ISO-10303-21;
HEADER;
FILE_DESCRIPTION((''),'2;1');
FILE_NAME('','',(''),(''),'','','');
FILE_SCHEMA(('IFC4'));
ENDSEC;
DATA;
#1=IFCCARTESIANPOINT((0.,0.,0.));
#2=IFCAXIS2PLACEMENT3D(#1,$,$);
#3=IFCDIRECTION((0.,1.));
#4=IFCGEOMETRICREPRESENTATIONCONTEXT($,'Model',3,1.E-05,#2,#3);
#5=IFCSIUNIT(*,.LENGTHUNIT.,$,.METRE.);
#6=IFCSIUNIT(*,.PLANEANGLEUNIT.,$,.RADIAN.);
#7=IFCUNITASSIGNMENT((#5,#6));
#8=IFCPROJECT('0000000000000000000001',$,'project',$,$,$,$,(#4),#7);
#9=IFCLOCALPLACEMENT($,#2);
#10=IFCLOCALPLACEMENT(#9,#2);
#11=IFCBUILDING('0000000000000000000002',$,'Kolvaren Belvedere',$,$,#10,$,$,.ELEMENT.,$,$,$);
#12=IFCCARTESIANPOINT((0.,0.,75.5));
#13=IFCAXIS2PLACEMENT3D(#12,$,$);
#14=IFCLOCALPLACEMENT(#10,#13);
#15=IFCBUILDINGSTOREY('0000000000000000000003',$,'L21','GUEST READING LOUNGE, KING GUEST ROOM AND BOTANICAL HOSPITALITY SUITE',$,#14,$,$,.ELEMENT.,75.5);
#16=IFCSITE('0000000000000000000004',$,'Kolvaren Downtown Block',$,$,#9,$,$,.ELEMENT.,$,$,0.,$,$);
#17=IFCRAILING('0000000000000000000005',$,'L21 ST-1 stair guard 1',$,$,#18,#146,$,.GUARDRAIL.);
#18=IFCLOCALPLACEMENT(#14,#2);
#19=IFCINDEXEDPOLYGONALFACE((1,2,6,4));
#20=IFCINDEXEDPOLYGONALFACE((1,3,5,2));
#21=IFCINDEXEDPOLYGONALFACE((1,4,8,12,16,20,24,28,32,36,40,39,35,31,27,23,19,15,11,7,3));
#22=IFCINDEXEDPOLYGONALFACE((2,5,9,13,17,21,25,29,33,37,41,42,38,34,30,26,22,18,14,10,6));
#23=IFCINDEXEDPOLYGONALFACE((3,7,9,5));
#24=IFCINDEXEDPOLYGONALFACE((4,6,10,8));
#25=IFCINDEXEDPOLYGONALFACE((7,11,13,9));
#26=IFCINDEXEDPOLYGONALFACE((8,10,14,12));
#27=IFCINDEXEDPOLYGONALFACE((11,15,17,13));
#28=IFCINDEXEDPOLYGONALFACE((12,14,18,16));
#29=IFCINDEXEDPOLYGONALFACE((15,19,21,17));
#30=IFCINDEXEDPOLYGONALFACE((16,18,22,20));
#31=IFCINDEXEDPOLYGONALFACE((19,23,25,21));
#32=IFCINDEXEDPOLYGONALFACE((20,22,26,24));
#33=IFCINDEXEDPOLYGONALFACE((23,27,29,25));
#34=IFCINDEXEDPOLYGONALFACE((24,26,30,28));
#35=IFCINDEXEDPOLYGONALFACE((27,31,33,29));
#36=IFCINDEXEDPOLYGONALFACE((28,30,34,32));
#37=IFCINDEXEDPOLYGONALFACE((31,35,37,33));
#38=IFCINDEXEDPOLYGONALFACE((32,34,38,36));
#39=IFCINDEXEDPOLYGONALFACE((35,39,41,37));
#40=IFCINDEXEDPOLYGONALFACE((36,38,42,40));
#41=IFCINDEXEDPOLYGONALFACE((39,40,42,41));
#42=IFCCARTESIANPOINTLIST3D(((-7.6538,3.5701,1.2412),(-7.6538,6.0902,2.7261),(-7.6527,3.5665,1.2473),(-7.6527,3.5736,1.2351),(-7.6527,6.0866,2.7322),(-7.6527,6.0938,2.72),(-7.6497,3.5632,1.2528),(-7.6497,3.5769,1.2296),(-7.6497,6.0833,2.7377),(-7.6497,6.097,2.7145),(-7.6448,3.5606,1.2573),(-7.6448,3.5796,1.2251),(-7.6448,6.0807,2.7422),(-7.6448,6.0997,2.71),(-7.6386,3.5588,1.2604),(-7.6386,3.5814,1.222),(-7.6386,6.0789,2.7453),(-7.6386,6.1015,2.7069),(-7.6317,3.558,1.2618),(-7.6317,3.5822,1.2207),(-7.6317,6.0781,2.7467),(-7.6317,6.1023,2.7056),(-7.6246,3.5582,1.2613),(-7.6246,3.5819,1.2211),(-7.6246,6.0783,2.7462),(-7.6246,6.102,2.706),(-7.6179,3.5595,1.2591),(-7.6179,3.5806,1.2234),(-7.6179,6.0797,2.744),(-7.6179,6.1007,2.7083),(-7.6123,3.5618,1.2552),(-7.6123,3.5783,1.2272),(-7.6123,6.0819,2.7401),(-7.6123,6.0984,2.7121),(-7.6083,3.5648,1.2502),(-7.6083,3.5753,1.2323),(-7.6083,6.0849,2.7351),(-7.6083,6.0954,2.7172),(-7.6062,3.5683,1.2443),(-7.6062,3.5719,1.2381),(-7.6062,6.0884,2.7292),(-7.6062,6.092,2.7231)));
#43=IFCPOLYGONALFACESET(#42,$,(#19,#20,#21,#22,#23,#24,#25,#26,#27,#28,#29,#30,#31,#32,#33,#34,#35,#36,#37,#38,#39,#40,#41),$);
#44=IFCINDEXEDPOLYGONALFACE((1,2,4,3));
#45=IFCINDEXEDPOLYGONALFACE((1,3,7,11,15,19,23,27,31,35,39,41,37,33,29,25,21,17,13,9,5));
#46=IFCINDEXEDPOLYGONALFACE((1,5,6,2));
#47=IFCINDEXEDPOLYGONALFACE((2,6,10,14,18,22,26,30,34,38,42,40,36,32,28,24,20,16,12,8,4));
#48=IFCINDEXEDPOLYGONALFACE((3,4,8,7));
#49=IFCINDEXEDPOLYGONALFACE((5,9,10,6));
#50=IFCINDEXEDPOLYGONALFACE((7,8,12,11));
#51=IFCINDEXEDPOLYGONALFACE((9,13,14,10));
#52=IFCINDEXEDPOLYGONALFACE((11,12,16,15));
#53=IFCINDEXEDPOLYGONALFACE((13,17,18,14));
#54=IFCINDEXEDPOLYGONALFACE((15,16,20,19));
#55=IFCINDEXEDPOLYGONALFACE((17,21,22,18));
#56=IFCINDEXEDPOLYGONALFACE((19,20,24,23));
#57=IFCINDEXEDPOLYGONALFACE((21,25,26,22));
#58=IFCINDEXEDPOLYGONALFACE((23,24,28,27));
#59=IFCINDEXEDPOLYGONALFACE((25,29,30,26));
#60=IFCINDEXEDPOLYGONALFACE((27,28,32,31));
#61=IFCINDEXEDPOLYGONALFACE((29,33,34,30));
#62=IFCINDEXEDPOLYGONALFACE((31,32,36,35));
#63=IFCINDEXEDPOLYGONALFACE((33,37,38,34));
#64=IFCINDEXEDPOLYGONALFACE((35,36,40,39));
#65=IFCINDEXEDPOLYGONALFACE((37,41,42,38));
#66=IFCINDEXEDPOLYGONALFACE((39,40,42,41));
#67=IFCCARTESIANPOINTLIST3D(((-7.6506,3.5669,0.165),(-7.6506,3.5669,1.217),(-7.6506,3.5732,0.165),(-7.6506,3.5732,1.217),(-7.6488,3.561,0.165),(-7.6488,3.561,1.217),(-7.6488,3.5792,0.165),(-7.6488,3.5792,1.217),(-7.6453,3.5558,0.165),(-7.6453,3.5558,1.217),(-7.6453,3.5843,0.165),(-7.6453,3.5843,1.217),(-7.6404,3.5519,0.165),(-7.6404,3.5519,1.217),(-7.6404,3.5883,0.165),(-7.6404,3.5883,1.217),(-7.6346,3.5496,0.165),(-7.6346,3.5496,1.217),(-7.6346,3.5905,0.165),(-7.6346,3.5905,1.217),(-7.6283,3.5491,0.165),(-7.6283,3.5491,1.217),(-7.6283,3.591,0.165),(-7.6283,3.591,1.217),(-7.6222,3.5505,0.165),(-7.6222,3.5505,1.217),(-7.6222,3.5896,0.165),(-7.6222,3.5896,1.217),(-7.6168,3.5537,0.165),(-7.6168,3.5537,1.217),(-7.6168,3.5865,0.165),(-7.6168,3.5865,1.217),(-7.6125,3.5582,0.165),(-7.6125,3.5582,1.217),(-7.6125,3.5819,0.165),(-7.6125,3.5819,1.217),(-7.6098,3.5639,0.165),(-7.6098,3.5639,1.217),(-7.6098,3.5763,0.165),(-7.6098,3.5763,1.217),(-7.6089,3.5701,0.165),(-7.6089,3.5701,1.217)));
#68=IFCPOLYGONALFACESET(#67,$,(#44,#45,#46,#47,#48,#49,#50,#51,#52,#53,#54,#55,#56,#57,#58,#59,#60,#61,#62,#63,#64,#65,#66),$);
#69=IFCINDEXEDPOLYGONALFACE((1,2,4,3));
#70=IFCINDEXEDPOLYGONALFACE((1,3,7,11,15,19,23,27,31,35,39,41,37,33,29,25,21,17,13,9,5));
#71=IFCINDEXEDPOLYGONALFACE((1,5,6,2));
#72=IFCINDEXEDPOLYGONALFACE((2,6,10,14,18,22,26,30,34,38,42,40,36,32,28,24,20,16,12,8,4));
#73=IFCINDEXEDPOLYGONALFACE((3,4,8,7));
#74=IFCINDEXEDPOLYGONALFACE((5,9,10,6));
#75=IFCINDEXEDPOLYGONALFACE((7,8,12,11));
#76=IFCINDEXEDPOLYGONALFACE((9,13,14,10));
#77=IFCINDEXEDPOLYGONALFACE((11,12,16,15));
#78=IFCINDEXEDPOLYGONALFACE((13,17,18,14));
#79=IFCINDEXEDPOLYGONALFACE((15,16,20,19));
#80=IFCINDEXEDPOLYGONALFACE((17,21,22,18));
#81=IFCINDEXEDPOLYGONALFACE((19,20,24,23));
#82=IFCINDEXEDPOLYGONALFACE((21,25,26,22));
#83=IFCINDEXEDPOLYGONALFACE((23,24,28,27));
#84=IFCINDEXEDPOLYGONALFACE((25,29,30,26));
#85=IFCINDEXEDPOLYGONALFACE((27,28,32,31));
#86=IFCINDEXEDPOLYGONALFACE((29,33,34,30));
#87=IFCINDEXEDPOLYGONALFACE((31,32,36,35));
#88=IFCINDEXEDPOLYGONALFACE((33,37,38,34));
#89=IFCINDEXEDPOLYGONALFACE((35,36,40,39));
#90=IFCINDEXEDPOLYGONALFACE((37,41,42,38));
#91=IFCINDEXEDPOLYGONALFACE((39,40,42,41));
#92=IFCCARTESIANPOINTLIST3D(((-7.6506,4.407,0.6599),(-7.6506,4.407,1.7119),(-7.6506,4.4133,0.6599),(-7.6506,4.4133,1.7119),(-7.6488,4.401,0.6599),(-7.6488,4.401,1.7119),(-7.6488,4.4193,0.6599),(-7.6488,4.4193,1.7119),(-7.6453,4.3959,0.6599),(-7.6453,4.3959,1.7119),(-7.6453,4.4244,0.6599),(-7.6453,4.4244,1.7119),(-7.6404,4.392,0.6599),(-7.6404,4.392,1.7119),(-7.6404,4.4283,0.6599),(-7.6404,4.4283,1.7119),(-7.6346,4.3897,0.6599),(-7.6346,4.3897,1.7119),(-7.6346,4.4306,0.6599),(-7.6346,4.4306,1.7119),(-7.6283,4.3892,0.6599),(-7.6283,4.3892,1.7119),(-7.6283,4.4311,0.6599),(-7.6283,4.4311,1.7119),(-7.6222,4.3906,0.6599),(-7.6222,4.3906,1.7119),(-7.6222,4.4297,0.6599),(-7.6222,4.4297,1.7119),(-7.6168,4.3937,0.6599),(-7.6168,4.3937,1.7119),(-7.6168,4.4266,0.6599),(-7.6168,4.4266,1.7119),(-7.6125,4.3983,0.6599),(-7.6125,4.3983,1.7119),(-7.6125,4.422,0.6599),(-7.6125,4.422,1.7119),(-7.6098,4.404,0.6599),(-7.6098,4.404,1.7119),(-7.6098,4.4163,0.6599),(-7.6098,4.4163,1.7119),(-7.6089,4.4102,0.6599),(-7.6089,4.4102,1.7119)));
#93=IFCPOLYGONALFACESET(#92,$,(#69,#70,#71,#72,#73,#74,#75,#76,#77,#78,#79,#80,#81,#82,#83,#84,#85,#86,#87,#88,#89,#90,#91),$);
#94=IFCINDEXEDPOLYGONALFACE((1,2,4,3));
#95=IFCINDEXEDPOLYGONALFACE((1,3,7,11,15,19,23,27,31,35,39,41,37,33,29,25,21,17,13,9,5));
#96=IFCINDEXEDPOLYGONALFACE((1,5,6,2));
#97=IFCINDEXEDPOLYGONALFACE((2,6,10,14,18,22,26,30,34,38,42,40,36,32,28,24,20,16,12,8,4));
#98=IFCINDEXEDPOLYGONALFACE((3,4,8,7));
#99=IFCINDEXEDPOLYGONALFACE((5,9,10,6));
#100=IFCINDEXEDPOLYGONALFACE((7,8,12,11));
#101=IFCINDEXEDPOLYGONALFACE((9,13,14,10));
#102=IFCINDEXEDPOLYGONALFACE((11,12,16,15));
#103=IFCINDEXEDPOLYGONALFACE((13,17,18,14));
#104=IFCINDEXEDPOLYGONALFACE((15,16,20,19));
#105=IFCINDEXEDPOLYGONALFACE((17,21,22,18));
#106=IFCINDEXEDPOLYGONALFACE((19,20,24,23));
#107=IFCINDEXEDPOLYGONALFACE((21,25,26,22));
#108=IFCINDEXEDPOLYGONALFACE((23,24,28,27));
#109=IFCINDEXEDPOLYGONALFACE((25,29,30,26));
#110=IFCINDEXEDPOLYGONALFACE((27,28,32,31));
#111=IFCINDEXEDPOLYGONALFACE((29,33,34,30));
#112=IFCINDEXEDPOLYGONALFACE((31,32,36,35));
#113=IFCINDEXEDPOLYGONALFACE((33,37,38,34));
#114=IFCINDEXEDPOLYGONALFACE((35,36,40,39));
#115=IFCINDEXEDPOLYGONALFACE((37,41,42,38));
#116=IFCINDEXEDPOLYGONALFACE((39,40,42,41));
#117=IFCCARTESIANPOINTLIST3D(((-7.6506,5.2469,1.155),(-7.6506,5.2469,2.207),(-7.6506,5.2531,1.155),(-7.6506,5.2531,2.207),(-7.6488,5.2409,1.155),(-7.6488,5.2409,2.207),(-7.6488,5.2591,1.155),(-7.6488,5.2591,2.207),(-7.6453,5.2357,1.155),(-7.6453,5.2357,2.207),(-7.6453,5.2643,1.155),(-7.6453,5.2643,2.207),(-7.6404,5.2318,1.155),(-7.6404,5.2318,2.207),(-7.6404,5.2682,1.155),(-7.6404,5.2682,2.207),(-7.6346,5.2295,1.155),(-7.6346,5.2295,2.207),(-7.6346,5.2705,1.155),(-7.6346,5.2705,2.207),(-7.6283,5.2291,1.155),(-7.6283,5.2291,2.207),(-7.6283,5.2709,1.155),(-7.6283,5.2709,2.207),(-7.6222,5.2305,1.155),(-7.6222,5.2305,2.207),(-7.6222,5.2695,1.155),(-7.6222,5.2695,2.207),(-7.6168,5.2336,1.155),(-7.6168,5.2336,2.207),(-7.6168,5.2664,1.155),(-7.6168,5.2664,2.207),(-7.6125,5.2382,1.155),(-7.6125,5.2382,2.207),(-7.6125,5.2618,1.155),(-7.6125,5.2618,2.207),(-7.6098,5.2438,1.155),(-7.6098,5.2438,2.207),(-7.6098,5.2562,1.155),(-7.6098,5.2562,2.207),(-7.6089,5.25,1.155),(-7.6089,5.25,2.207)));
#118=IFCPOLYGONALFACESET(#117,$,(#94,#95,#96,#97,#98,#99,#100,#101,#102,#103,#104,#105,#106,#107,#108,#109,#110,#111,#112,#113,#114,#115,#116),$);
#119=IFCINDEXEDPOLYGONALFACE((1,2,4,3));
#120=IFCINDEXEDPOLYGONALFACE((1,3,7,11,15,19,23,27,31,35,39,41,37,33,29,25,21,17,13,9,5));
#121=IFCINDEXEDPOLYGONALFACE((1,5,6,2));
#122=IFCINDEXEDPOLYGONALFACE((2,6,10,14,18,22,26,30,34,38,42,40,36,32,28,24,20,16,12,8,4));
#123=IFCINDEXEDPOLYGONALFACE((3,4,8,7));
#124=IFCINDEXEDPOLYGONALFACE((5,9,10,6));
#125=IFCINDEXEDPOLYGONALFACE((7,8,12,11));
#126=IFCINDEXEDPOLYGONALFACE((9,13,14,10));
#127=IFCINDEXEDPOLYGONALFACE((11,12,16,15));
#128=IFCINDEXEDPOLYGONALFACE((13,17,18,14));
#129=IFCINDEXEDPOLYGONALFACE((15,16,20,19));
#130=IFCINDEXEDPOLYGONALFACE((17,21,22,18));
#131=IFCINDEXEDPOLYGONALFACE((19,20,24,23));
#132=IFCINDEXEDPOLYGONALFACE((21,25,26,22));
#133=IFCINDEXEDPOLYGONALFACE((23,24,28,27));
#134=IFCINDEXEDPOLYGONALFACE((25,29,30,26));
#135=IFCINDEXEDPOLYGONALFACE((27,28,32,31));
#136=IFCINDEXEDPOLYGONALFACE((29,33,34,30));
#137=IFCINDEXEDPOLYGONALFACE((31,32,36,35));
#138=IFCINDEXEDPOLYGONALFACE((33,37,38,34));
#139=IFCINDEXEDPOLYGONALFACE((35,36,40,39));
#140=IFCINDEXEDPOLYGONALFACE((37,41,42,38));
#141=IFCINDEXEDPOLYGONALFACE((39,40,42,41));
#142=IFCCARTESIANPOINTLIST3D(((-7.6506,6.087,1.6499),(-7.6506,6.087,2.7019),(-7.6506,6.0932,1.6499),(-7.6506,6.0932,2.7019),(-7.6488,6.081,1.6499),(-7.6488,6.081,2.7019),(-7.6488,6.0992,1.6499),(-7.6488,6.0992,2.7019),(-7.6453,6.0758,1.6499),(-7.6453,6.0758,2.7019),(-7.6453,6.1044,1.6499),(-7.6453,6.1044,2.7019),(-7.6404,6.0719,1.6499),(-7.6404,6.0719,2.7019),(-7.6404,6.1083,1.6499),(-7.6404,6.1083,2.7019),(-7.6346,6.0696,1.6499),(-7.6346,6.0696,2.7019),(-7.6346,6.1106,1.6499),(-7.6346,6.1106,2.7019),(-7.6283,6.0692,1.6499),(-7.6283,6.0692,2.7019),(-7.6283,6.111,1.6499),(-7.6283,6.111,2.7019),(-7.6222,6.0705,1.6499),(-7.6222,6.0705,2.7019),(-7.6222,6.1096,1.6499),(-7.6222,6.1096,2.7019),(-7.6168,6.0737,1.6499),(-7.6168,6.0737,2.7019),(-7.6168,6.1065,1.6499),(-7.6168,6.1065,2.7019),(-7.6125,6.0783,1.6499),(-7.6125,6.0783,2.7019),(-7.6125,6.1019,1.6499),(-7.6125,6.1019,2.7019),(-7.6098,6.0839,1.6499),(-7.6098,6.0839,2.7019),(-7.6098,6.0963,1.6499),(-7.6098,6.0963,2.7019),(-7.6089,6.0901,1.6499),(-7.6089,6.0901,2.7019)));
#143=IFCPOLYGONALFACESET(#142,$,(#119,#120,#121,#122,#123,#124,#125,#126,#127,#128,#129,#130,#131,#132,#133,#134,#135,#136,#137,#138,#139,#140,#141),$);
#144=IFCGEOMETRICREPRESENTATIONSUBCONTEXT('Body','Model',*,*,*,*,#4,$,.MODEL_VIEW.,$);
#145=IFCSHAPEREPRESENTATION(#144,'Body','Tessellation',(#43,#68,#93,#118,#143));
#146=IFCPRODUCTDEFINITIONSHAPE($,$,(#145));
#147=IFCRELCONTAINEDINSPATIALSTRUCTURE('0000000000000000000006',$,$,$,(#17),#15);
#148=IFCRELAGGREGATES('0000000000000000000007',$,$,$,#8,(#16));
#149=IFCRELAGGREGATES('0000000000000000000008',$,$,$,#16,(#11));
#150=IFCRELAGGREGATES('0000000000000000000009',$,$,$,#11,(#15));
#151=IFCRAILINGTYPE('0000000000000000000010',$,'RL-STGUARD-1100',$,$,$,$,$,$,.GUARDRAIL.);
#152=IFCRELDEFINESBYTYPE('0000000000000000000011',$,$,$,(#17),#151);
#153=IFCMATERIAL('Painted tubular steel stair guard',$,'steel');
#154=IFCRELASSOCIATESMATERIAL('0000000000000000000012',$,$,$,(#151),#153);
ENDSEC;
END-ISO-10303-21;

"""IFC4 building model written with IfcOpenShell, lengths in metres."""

from ifc_helpers import new_model, si_unit, direction, frame, origin, origin_2d, place, context, subcontext, project, spatial, circle, extrude, material, type_object, element, save


model = new_model("IFC4")

# Units and contexts
model_context = context("Model", 3, precision=1e-05, world=origin(), true_north=direction((0.0, 1.0)))
body_context = subcontext(model_context, "Body", "Model", "MODEL_VIEW")
ifc_project = project(units=[si_unit("LENGTHUNIT", "METRE"), si_unit("PLANEANGLEUNIT", "RADIAN")], contexts=[model_context])

# Site, building, storey
site_placement = place(None, origin())
site = spatial("IfcSite", under=ifc_project, at=site_placement, Name="Kolvaren Downtown Block", CompositionType="ELEMENT", RefElevation=0.0)
building_placement = place(site_placement, origin())
building = spatial("IfcBuilding", under=site, at=building_placement, Name="Kolvaren Belvedere", CompositionType="ELEMENT")
storey_placement = place(building_placement, frame((0.0, 0.0, 75.5)))
storey = spatial("IfcBuildingStorey", under=building, at=storey_placement, Name="L21", Description="GUEST READING LOUNGE, KING GUEST ROOM AND BOTANICAL HOSPITALITY SUITE", CompositionType="ELEMENT", Elevation=75.5)

# Railing
ifc_material_1 = material(Name="Painted tubular steel stair guard", Category="steel")
railing_type_1 = type_object("IfcRailingType", Name="RL-STGUARD-1100", PredefinedType="GUARDRAIL", material=ifc_material_1)
railing_1_placement = place(storey_placement, frame((-7.6299, 3.5701, 0.165)))
element("IfcRailing", 1, at=railing_1_placement, inside=storey, type_object=railing_type_1, Name="L21 ST-1 stair guard 1", PredefinedType="GUARDRAIL", context=body_context, shape_type="SweptSolid", body=[
    extrude(circle(Radius=0.0239, at=origin_2d()), frame((0.0, 0.0, 1.0762), z_axis=(0.0, 0.861561, 0.507655), x_axis=(-1.0, 0.0, 0.0)), (0.0, 0.0, 1.0), 2.925),
    extrude(circle(Radius=0.021, at=origin_2d()), origin(), (0.0, 0.0, 1.0), 1.052),
    extrude(circle(Radius=0.021, at=origin_2d()), frame((0.0, 0.8401, 0.4949)), (0.0, 0.0, 1.0), 1.052),
    extrude(circle(Radius=0.021, at=origin_2d()), frame((0.0, 1.6799, 0.99)), (0.0, 0.0, 1.0), 1.052),
    extrude(circle(Radius=0.021, at=origin_2d()), frame((0.0, 2.52, 1.4849)), (0.0, 0.0, 1.0), 1.052),
])

save(model, "model.ifc")
